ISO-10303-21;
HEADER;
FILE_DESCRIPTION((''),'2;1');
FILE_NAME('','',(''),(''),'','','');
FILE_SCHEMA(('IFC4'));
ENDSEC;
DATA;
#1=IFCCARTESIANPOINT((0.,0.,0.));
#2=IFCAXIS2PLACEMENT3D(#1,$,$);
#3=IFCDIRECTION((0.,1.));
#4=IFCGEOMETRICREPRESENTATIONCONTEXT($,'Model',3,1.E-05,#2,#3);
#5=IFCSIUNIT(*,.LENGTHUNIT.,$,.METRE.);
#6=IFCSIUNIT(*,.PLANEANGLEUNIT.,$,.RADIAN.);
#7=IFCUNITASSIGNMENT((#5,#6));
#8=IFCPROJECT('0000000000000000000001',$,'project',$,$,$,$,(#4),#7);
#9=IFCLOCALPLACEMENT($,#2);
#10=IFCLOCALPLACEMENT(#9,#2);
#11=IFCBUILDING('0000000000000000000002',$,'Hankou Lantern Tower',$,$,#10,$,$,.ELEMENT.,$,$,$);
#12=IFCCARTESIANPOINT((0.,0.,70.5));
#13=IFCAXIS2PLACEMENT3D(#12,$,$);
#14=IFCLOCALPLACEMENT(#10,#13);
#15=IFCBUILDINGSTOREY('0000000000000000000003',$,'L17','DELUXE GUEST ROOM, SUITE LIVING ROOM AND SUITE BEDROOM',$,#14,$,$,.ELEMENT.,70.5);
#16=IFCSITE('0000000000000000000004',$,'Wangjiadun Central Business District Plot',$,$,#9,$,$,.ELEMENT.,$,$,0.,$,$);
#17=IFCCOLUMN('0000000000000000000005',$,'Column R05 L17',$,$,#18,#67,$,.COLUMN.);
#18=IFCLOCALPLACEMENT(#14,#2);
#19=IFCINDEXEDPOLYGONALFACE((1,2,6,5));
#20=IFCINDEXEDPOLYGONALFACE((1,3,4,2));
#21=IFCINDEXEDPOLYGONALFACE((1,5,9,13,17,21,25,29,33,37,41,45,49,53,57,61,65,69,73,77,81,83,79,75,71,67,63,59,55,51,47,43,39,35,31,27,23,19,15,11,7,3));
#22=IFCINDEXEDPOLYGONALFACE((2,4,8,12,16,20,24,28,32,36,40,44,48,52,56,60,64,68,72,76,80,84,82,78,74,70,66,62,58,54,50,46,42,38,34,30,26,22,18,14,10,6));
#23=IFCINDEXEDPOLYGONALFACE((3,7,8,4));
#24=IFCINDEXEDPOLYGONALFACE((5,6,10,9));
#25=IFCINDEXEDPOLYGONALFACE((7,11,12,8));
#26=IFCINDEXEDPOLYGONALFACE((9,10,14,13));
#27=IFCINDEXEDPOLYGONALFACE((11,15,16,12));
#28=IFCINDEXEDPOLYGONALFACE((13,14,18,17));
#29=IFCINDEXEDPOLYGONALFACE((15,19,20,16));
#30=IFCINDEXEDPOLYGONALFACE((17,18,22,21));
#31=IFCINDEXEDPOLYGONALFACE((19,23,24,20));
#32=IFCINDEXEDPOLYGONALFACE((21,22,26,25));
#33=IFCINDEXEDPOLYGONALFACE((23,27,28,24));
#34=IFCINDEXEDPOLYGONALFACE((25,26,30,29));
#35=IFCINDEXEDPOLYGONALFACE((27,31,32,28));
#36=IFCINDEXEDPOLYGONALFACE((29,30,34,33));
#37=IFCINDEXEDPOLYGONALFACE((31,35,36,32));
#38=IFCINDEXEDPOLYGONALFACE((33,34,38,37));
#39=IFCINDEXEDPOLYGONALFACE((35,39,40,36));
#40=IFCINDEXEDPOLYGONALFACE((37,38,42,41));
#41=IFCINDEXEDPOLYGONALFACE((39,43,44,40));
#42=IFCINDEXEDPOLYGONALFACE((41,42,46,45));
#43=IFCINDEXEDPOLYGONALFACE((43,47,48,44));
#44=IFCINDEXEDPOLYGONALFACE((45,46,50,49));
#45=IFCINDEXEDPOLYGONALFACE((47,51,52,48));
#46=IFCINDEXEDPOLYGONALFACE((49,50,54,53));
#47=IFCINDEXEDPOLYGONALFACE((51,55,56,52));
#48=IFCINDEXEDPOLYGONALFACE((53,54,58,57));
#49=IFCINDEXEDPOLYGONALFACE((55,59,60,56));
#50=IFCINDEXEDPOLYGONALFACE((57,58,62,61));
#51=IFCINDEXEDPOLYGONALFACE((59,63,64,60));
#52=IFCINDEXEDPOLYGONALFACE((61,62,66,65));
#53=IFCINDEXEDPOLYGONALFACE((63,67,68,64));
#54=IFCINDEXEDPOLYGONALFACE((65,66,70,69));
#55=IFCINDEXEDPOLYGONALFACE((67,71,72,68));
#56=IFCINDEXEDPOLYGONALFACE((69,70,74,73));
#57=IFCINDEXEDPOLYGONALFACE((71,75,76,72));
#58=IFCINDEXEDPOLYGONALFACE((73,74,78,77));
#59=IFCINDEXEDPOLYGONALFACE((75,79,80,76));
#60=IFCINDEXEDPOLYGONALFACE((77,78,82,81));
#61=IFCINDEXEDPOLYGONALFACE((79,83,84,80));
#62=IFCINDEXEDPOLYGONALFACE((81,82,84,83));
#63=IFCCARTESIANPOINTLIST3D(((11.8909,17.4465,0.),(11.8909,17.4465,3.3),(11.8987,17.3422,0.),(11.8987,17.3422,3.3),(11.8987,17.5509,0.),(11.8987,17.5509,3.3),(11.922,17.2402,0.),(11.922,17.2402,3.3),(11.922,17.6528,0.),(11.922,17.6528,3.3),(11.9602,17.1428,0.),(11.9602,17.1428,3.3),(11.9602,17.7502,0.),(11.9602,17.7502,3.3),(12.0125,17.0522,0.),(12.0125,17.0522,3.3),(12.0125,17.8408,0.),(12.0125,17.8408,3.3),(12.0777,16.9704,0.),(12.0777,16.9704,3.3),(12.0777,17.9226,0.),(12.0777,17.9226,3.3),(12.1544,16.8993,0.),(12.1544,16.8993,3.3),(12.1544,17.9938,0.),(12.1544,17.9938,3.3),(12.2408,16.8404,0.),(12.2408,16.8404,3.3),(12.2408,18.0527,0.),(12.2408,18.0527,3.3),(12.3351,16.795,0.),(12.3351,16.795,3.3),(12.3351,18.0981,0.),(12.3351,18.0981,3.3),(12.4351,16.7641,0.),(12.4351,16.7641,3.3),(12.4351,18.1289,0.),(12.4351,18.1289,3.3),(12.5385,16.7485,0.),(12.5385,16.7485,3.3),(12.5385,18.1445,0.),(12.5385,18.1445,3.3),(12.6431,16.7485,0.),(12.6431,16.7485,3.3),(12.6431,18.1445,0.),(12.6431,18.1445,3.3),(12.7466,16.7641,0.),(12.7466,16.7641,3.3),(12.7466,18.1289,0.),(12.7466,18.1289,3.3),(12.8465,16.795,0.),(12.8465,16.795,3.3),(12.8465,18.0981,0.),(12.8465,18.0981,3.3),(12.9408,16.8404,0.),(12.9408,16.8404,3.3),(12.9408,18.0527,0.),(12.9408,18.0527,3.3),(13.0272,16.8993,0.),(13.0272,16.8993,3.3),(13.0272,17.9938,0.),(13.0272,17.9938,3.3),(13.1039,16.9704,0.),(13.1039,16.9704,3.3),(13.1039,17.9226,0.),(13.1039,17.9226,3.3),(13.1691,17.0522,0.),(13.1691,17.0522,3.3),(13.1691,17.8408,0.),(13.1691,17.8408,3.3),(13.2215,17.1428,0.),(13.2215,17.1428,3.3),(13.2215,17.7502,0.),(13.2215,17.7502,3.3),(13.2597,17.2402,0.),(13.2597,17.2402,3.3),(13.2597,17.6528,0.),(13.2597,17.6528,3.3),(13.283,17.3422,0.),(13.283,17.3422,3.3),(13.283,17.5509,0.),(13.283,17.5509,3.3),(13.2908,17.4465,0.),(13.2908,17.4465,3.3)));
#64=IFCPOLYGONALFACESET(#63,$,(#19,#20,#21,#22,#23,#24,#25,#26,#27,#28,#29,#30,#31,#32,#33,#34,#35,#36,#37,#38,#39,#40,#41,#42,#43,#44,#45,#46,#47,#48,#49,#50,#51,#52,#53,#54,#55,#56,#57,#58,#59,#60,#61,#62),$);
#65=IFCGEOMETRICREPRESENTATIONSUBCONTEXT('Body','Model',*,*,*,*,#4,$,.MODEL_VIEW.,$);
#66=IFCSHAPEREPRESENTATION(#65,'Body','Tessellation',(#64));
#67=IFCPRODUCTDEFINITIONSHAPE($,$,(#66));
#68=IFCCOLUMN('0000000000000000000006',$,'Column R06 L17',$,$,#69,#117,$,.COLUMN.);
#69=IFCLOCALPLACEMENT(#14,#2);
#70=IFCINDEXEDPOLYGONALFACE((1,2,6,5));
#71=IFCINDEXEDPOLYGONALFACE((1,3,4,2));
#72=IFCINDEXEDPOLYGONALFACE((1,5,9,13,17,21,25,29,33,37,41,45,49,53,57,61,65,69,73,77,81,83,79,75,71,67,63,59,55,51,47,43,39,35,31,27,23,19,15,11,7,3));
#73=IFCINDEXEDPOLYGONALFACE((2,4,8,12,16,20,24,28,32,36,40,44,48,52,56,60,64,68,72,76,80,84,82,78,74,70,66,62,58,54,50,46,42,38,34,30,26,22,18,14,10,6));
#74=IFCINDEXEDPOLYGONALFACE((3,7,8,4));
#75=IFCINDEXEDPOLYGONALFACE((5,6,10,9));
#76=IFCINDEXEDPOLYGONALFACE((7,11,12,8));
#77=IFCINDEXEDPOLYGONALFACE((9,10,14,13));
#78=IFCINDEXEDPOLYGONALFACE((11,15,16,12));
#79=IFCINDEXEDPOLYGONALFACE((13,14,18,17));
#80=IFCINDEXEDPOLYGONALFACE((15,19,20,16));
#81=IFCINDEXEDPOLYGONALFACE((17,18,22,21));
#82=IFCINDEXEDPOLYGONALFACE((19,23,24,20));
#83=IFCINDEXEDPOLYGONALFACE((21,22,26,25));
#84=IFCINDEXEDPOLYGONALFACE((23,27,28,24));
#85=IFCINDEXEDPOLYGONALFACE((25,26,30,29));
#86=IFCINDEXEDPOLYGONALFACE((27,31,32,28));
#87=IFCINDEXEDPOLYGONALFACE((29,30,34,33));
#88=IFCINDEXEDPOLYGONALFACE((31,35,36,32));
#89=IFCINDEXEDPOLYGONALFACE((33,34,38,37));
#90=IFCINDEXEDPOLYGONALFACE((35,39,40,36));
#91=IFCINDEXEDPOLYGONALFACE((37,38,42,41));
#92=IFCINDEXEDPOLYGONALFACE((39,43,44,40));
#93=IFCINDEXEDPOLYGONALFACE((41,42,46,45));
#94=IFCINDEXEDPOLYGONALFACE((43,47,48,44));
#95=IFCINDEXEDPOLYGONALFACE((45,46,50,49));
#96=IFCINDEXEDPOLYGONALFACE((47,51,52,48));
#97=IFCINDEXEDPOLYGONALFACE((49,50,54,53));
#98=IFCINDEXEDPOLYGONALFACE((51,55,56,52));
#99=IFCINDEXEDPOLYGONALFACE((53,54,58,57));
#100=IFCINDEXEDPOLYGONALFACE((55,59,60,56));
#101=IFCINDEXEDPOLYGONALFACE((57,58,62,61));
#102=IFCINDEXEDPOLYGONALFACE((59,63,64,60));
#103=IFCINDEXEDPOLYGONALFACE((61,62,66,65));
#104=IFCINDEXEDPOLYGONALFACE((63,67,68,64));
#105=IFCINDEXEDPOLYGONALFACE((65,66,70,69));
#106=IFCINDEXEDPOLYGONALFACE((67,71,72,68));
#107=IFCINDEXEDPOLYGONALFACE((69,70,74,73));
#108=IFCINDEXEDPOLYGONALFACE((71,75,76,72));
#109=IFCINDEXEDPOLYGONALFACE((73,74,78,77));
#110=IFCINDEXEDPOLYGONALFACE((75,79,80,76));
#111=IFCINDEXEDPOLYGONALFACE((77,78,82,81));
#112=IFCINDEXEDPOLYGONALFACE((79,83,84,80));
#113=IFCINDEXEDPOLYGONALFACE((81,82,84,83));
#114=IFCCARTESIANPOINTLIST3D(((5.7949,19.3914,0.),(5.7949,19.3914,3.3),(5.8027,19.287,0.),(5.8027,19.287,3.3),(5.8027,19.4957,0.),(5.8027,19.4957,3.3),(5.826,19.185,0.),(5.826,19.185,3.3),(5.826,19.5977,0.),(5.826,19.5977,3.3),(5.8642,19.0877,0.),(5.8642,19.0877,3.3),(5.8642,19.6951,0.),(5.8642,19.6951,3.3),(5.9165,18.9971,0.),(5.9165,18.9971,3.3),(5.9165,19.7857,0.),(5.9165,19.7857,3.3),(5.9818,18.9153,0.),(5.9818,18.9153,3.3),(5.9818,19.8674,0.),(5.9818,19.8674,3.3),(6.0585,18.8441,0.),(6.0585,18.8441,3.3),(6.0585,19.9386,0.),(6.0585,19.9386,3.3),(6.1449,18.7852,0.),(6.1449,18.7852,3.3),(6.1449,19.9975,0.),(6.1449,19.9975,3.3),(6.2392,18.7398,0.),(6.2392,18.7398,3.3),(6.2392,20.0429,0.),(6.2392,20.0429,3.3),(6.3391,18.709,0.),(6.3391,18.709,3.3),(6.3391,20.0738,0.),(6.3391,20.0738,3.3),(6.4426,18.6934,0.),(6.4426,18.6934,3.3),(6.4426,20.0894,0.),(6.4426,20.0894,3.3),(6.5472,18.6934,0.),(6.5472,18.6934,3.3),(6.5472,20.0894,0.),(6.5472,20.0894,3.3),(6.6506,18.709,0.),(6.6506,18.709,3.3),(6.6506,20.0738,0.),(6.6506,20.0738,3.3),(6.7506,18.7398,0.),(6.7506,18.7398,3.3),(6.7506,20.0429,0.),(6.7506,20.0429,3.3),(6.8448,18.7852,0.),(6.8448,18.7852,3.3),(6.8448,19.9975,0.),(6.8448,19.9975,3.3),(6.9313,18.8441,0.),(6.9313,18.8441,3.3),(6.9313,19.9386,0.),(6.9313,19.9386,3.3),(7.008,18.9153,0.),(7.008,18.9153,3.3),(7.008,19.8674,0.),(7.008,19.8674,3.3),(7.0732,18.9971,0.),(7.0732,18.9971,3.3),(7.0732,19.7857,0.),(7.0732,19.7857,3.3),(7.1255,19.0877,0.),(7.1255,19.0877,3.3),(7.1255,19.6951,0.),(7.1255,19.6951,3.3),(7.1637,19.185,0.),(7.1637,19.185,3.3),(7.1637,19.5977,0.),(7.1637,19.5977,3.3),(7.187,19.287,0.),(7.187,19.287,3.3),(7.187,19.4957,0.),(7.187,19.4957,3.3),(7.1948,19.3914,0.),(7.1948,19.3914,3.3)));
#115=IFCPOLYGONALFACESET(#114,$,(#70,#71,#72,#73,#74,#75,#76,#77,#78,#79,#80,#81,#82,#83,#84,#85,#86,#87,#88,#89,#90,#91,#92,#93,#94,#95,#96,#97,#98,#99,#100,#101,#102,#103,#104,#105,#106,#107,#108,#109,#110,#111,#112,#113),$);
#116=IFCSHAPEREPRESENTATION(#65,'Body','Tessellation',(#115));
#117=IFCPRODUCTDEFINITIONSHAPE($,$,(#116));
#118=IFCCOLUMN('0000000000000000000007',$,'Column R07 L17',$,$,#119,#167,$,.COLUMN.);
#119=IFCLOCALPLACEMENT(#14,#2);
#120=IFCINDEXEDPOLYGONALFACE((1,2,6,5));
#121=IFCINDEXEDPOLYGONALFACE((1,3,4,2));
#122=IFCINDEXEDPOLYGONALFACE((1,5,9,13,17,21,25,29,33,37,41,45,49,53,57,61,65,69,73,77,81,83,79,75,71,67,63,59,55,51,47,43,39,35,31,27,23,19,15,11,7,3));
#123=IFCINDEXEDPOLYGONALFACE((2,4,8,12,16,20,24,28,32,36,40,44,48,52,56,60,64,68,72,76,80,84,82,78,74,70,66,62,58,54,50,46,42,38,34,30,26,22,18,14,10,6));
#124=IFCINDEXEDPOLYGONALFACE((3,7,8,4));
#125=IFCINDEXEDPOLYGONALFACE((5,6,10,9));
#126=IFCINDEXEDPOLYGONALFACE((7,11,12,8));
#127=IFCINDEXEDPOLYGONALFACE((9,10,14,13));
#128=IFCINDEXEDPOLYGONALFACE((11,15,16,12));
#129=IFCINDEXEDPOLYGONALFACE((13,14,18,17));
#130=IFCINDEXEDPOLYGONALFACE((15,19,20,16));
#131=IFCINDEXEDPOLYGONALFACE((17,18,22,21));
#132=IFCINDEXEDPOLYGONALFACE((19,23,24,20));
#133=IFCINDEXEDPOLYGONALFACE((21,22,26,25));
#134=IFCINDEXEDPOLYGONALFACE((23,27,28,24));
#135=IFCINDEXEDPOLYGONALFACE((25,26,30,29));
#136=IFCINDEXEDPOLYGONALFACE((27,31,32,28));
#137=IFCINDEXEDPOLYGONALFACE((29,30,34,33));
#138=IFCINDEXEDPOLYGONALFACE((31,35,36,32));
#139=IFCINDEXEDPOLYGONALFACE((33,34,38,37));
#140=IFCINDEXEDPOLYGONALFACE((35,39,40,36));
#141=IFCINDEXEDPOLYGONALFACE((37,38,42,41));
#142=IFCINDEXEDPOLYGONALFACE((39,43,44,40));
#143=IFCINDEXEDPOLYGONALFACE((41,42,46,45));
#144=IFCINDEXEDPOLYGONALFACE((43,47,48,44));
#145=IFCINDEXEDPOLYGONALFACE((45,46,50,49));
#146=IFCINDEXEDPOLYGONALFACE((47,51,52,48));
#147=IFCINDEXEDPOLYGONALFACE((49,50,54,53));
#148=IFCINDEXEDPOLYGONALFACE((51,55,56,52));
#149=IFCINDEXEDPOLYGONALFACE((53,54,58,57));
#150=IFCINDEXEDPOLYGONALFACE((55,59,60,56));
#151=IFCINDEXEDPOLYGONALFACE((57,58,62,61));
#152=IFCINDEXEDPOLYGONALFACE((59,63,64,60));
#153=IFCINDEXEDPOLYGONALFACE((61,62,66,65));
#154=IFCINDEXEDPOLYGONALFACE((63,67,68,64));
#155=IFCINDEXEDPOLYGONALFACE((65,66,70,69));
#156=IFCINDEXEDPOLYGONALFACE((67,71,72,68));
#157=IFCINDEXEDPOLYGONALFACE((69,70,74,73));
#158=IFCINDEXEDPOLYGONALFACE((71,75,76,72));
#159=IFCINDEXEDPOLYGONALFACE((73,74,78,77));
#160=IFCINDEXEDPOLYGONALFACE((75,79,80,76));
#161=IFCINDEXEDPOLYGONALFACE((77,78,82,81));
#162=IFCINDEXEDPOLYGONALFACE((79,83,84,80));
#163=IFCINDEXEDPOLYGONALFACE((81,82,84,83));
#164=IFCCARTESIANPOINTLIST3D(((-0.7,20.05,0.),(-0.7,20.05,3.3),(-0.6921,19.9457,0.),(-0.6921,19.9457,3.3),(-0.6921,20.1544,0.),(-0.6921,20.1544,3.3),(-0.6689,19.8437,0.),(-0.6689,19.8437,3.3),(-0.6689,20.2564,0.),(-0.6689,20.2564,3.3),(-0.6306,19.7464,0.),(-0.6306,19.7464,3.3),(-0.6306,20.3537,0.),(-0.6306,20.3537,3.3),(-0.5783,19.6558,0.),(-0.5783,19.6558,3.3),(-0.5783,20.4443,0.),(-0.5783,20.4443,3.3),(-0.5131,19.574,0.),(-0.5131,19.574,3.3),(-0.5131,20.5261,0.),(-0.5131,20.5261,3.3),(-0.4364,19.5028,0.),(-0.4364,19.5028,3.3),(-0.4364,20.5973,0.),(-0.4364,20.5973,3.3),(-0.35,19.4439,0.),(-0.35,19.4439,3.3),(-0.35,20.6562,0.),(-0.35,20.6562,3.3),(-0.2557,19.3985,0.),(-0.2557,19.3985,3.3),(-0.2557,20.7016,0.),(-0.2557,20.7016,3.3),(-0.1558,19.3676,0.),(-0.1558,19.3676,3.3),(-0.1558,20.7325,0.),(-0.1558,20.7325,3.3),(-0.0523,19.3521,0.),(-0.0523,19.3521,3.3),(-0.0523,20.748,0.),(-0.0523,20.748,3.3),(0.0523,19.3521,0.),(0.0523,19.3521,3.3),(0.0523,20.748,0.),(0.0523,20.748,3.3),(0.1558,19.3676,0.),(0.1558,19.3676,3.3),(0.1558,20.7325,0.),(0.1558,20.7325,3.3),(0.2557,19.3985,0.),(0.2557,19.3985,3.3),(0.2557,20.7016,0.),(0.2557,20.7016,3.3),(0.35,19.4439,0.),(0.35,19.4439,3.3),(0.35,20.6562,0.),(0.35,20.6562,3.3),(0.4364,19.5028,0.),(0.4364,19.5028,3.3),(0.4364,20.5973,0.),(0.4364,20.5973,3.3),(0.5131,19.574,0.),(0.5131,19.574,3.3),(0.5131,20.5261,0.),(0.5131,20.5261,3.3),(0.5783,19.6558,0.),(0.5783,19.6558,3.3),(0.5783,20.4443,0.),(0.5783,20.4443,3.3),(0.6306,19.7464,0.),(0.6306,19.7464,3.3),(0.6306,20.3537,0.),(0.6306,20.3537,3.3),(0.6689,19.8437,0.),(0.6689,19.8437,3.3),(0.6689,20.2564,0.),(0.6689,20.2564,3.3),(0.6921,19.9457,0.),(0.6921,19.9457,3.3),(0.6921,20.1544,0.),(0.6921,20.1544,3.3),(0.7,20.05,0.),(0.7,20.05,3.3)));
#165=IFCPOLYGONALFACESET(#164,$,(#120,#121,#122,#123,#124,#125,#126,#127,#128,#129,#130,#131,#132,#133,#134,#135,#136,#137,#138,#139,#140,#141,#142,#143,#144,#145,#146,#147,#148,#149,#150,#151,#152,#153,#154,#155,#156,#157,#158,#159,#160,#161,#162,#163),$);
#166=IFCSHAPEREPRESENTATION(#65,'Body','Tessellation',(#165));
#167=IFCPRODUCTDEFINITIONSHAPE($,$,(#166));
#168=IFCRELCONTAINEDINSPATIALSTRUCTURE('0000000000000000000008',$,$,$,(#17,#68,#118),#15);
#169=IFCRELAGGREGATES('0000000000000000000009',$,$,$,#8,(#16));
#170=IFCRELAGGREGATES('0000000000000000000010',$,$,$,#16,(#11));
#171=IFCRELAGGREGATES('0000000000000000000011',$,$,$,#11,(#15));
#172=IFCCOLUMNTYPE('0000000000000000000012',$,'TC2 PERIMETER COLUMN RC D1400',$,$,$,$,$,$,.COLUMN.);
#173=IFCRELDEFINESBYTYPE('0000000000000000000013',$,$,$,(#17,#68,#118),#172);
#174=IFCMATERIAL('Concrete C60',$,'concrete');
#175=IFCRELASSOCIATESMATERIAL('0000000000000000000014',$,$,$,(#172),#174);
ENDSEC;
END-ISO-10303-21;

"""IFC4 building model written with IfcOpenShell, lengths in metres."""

from ifc_helpers import new_model, si_unit, direction, frame, origin, origin_2d, place, context, subcontext, project, spatial, circle, extrude, material, material_profile, profile_set, type_object, element, save


model = new_model("IFC4")

# Units and contexts
model_context = context("Model", 3, precision=1e-05, world=origin(), true_north=direction((0.0, 1.0)))
body_context = subcontext(model_context, "Body", "Model", "MODEL_VIEW")
ifc_project = project(units=[si_unit("LENGTHUNIT", "METRE"), si_unit("PLANEANGLEUNIT", "RADIAN")], contexts=[model_context])

# Site, building, storey
site_placement = place(None, origin())
site = spatial("IfcSite", under=ifc_project, at=site_placement, Name="Wangjiadun Central Business District Plot", CompositionType="ELEMENT", RefElevation=0.0)
building_placement = place(site_placement, origin())
building = spatial("IfcBuilding", under=site, at=building_placement, Name="Hankou Lantern Tower", CompositionType="ELEMENT")
storey_placement = place(building_placement, frame((0.0, 0.0, 70.5)))
storey = spatial("IfcBuildingStorey", under=building, at=storey_placement, Name="L17", Description="DELUXE GUEST ROOM, SUITE LIVING ROOM AND SUITE BEDROOM", CompositionType="ELEMENT", Elevation=70.5)

# Columns
ifc_material_1 = material(Name="Concrete C60", Category="concrete")
ifc_material_profile_1 = material_profile(ifc_material_1, circle(Radius=0.7, at=origin_2d()), Name="RC D1400")
ifc_profile_set_1 = profile_set([ifc_material_profile_1], Name="Concrete C60")
column_type = type_object("IfcColumnType", Name="TC2 PERIMETER COLUMN RC D1400", PredefinedType="COLUMN", material=ifc_profile_set_1)
for number, where, z_axis, x_axis, name in (
    (1, (12.5908, 17.4465, 0.0), (0.0, 0.0, 1.0), (1.0, 0.0, 0.0), "Column R05 L17"),
    (2, (6.4949, 19.3914, 0.0), (0.0, 0.0, 1.0), (1.0, 0.0, 0.0), "Column R06 L17"),
    (3, (0.0, 20.05, 0.0), (0.0, 0.0, 1.0), (1.0, 0.0, 0.0), "Column R07 L17"),
):
    element("IfcColumn", number, at=place(storey_placement, frame(where, z_axis=z_axis, x_axis=x_axis)), inside=storey, type_object=column_type, Name=name, PredefinedType="COLUMN", context=body_context, shape_type="SweptSolid", body=[
        extrude(circle(Radius=0.7, at=origin_2d()), origin(), (0.0, 0.0, 1.0), 3.3),
    ])

save(model, "model.ifc")
